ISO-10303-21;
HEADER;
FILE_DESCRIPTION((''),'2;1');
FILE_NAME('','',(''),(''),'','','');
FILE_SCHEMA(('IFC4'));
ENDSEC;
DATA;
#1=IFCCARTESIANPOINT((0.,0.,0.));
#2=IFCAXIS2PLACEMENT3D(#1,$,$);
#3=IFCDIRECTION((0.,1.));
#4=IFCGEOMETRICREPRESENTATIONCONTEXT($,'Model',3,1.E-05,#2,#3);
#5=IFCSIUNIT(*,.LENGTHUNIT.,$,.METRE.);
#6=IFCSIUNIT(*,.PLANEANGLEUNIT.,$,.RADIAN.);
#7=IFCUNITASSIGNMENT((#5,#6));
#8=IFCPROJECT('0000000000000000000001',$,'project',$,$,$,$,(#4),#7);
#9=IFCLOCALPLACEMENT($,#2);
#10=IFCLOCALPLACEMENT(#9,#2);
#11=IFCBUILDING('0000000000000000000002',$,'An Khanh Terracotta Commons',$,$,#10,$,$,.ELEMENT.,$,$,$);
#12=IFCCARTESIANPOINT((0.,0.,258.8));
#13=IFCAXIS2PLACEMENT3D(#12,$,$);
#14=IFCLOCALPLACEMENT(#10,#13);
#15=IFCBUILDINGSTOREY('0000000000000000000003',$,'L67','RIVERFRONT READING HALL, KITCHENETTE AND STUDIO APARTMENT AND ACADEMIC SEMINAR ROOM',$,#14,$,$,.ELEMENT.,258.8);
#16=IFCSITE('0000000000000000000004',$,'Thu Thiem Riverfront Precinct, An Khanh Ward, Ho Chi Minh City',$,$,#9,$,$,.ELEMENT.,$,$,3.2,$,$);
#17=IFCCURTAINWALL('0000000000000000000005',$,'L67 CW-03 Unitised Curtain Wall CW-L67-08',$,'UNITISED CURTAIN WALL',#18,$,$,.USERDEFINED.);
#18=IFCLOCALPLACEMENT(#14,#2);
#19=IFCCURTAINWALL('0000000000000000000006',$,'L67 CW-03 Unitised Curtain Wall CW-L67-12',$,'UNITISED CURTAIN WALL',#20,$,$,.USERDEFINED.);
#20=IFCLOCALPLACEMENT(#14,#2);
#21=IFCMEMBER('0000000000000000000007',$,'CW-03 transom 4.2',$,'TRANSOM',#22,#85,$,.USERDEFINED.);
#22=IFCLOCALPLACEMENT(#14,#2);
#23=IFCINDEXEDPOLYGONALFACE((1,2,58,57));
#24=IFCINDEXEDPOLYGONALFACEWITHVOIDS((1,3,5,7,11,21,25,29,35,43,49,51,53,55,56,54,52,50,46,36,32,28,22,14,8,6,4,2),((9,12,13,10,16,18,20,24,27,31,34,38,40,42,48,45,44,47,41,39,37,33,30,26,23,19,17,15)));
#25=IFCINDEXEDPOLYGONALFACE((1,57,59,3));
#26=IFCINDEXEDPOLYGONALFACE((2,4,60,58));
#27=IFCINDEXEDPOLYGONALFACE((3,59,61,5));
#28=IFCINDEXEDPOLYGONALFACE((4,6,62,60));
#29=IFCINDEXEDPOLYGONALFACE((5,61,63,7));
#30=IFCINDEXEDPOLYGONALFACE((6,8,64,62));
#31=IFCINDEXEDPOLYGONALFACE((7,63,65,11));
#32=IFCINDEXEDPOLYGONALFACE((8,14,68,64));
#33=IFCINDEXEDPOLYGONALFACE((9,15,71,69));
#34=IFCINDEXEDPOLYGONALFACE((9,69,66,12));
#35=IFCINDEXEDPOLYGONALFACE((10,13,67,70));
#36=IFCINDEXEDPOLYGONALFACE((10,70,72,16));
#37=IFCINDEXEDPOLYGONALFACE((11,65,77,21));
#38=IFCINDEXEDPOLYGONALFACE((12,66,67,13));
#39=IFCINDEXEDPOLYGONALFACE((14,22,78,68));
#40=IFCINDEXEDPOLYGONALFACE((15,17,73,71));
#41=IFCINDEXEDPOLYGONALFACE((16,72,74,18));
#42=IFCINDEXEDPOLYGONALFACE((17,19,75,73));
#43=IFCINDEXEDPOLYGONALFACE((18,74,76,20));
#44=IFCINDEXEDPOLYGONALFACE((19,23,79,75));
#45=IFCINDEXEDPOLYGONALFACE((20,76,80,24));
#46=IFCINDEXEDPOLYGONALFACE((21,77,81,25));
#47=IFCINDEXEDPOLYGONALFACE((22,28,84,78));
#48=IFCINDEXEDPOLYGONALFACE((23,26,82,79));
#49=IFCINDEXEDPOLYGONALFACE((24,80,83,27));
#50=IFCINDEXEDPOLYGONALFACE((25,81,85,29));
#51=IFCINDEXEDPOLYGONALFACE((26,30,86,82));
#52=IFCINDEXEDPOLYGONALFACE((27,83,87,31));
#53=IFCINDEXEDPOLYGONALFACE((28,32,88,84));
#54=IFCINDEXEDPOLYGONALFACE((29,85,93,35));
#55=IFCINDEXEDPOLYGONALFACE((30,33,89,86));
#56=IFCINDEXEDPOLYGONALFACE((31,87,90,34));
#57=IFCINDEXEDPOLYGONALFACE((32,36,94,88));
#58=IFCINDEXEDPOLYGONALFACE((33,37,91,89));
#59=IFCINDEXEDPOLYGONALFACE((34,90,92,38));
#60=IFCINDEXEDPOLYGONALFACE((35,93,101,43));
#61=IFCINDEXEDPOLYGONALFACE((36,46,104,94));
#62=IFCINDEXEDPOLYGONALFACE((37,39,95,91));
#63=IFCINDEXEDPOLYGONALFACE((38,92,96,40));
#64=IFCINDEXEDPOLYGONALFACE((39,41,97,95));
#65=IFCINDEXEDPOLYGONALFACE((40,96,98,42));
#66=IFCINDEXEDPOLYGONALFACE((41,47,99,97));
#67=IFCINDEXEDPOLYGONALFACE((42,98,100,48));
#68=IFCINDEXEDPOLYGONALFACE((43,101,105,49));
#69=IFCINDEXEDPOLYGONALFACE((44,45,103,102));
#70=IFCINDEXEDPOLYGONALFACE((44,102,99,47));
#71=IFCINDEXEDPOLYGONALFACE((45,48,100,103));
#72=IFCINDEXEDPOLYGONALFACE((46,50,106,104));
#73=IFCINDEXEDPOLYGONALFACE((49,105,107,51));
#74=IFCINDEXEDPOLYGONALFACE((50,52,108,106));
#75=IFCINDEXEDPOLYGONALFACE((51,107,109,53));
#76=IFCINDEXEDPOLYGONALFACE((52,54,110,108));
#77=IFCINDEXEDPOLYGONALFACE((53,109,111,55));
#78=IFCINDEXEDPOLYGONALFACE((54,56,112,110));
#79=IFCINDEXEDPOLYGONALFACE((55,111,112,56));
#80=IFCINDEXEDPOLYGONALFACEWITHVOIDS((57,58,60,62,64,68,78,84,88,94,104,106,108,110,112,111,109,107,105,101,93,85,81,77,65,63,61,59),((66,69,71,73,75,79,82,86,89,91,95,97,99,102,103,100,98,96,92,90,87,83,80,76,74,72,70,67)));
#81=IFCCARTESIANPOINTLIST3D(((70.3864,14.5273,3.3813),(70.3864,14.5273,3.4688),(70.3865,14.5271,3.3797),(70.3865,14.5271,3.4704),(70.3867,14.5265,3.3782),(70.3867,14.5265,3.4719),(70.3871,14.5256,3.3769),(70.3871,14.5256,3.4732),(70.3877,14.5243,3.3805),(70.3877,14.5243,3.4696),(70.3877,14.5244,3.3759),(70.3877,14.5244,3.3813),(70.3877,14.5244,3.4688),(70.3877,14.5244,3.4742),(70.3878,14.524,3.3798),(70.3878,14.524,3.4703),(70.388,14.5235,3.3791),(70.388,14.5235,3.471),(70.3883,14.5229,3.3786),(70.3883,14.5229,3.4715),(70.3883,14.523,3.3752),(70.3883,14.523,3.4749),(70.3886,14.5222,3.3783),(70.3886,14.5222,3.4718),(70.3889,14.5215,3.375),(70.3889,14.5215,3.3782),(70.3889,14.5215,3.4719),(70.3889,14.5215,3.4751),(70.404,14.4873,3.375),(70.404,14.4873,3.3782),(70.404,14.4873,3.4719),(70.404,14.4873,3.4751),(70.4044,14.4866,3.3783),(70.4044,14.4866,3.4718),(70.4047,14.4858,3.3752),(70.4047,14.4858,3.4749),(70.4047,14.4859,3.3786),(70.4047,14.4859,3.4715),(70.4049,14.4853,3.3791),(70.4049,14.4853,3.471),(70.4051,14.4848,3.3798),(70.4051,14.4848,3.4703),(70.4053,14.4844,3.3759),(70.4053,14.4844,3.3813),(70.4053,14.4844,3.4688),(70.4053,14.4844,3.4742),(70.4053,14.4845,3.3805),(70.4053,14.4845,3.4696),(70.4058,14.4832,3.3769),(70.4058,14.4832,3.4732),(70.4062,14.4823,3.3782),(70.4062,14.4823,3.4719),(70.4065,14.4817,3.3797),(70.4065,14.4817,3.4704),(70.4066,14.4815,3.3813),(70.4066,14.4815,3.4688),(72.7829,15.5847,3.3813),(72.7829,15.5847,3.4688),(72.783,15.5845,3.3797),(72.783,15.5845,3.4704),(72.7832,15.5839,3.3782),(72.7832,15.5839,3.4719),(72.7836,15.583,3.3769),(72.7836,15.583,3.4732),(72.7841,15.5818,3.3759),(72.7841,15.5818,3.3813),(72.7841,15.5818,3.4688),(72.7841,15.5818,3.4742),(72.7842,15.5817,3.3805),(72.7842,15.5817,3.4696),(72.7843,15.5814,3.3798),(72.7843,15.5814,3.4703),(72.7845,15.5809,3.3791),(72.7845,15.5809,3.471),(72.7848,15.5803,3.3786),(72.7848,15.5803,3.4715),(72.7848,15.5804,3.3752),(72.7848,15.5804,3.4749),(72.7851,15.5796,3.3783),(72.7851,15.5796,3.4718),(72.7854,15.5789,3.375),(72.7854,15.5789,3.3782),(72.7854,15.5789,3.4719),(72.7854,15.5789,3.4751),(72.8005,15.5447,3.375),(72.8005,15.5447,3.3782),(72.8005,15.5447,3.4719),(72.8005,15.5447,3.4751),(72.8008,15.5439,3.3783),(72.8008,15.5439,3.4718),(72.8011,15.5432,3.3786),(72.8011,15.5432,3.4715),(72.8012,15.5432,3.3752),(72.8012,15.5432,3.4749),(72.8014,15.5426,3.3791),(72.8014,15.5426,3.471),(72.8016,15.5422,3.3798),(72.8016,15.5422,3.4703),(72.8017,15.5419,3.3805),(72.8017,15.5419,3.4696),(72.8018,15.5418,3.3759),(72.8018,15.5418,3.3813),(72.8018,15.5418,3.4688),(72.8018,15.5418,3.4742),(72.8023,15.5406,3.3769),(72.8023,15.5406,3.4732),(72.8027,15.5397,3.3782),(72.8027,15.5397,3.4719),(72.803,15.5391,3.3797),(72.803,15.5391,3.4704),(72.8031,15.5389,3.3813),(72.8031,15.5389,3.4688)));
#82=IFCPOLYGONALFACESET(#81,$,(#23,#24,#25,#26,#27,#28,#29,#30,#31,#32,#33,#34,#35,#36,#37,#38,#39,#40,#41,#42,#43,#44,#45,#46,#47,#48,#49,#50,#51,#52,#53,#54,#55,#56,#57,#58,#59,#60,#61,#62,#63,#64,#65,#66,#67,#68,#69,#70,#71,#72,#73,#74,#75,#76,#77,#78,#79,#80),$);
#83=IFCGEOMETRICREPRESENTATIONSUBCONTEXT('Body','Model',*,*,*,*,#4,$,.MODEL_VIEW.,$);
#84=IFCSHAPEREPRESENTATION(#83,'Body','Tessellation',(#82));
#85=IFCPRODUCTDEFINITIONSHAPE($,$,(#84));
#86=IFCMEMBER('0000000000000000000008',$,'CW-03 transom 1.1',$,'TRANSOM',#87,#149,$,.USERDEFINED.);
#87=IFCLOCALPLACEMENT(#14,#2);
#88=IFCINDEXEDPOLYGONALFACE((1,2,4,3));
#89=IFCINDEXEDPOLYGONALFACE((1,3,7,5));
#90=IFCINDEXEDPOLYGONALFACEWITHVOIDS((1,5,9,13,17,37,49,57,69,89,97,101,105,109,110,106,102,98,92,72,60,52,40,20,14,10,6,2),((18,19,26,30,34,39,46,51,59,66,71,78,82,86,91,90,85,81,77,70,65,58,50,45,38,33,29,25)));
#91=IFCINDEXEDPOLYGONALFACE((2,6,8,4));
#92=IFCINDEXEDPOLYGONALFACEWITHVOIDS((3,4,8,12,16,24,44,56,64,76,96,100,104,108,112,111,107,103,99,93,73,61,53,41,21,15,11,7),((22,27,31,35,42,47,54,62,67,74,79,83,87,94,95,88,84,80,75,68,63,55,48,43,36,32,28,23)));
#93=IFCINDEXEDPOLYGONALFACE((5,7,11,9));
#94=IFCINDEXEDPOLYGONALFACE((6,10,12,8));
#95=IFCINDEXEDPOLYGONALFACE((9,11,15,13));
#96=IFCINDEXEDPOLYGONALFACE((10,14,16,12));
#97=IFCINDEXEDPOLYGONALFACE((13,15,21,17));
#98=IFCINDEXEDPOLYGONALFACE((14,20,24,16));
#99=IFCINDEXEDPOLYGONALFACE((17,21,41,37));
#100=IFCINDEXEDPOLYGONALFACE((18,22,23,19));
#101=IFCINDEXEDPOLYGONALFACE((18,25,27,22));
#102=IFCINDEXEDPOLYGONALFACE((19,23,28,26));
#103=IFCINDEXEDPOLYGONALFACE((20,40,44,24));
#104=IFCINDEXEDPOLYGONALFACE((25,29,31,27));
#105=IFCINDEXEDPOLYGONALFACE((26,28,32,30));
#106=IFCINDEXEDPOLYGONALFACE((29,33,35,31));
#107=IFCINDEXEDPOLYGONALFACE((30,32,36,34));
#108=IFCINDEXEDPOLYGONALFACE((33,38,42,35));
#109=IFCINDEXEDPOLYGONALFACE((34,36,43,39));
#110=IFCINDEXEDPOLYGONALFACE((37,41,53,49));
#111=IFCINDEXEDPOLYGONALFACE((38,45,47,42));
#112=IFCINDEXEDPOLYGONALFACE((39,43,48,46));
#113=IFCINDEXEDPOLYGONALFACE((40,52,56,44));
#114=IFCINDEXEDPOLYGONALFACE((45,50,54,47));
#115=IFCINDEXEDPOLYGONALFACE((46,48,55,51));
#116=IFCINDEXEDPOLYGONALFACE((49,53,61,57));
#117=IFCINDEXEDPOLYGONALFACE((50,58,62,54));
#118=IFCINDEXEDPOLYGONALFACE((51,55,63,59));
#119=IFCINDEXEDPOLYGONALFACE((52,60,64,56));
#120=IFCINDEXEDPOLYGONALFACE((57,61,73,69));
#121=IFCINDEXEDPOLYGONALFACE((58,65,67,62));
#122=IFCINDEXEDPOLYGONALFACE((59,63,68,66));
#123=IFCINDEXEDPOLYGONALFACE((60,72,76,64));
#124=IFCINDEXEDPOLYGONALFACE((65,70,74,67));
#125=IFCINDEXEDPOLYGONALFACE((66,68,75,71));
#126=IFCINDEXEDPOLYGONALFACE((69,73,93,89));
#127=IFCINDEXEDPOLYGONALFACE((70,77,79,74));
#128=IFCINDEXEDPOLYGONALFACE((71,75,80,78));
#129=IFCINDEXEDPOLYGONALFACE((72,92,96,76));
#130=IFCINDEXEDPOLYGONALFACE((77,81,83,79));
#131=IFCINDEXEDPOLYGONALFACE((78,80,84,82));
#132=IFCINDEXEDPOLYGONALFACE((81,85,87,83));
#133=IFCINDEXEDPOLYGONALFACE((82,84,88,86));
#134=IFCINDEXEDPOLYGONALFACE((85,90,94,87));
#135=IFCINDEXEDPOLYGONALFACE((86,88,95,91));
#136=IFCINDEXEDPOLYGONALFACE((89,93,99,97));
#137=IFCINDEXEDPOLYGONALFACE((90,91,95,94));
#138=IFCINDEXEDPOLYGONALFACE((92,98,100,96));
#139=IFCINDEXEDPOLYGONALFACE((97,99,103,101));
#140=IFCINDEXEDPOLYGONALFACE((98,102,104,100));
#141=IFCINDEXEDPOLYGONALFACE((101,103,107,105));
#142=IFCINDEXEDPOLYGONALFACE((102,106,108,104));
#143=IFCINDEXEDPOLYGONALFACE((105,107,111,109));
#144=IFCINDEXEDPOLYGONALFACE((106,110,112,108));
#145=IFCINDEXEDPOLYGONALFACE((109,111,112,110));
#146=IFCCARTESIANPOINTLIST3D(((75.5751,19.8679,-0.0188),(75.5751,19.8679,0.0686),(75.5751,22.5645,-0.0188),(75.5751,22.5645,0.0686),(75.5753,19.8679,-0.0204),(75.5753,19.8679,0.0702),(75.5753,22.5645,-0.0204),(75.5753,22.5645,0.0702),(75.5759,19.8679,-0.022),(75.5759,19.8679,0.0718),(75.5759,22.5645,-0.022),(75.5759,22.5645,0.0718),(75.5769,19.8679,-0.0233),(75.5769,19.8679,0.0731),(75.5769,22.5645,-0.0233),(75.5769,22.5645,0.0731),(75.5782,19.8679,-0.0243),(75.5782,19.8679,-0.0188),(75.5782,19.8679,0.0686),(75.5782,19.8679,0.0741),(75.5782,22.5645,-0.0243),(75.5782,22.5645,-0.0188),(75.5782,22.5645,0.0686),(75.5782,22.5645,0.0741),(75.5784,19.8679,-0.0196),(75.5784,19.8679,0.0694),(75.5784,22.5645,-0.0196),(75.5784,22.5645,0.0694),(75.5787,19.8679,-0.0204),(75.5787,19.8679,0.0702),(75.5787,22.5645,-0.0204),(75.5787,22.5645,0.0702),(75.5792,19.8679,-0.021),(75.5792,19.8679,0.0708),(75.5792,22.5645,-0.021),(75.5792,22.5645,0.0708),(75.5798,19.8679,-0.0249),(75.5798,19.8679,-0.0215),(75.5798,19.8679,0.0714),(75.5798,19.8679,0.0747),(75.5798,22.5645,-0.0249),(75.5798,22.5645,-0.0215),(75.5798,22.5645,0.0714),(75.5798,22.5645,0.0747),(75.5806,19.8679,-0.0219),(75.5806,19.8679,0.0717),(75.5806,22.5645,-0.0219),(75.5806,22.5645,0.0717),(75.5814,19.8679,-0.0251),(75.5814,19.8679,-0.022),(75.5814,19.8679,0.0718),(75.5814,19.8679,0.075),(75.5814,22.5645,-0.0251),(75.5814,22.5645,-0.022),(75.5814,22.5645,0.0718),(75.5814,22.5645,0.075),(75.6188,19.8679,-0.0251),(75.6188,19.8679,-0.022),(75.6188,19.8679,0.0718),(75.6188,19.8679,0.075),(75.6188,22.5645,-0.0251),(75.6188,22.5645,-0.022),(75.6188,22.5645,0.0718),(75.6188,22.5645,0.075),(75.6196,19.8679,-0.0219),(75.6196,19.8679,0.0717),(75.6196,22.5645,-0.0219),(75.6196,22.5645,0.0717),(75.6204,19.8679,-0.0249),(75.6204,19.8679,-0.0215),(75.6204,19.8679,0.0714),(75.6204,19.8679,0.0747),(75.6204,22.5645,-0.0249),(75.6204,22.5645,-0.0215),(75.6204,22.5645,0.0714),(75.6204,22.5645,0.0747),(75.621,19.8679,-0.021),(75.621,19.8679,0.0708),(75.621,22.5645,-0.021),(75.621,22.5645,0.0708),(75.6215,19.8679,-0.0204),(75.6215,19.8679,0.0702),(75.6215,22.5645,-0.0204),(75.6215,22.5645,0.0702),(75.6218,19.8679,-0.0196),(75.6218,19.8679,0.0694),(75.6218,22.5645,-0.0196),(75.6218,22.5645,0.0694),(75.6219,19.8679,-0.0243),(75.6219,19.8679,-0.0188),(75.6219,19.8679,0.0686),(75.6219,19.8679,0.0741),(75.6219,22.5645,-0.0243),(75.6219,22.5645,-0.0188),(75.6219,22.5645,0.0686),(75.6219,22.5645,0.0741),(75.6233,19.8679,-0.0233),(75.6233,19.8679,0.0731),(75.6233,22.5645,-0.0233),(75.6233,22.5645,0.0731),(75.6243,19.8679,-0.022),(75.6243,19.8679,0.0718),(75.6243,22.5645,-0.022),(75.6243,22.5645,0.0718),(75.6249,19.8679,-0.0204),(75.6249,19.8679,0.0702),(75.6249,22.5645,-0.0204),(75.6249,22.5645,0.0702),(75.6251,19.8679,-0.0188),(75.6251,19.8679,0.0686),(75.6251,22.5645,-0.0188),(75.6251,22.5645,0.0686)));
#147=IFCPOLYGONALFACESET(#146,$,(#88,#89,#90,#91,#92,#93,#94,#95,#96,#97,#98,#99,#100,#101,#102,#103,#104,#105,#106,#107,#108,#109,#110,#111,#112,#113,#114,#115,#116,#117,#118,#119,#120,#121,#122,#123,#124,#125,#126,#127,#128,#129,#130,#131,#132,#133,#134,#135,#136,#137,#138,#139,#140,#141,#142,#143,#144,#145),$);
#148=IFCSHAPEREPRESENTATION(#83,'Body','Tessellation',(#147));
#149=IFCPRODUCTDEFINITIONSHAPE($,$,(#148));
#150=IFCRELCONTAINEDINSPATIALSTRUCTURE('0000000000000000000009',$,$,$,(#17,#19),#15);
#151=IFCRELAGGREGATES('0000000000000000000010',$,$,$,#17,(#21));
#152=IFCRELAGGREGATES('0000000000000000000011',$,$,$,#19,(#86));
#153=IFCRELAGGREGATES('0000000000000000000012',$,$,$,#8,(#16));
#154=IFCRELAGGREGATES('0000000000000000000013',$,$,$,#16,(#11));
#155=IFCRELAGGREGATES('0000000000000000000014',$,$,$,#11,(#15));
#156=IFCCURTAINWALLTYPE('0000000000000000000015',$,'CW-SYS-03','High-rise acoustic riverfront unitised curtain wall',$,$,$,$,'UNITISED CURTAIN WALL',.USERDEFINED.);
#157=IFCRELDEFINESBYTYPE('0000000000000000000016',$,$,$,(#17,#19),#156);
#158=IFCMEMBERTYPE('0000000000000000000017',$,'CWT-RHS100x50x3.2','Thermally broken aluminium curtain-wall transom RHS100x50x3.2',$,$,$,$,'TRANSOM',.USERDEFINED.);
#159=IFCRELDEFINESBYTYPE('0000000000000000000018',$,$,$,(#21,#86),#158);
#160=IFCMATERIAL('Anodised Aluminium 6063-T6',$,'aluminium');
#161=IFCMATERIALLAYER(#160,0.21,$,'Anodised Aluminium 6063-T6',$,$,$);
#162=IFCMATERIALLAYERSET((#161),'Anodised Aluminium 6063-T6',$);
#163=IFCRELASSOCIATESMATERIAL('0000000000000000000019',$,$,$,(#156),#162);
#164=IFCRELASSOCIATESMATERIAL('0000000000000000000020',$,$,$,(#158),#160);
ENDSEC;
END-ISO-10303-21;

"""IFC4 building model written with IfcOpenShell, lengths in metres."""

from ifc_helpers import new_model, si_unit, direction, frame, origin, origin_2d, place, context, subcontext, project, spatial, hollow_rectangle, extrude, material, layer, layer_set, material_profile, profile_set, type_object, element, aggregate, save


model = new_model("IFC4")

# Units and contexts
model_context = context("Model", 3, precision=1e-05, world=origin(), true_north=direction((0.0, 1.0)))
body_context = subcontext(model_context, "Body", "Model", "MODEL_VIEW")
ifc_project = project(units=[si_unit("LENGTHUNIT", "METRE"), si_unit("PLANEANGLEUNIT", "RADIAN")], contexts=[model_context])

# Site, building, storey
site_placement = place(None, origin())
site = spatial("IfcSite", under=ifc_project, at=site_placement, Name="Thu Thiem Riverfront Precinct, An Khanh Ward, Ho Chi Minh City", CompositionType="ELEMENT", RefElevation=3.2)
building_placement = place(site_placement, origin())
building = spatial("IfcBuilding", under=site, at=building_placement, Name="An Khanh Terracotta Commons", CompositionType="ELEMENT")
storey_placement = place(building_placement, frame((0.0, 0.0, 258.8)))
storey = spatial("IfcBuildingStorey", under=building, at=storey_placement, Name="L67", Description="RIVERFRONT READING HALL, KITCHENETTE AND STUDIO APARTMENT AND ACADEMIC SEMINAR ROOM", CompositionType="ELEMENT", Elevation=258.8)

# Curtain walls
ifc_material_1 = material(Name="Anodised Aluminium 6063-T6", Category="aluminium")
ifc_layer_1 = layer(ifc_material_1, 0.21, Name="Anodised Aluminium 6063-T6")
ifc_layer_set_1 = layer_set([ifc_layer_1], Name="Anodised Aluminium 6063-T6")
curtain_wall_type = type_object("IfcCurtainWallType", Name="CW-SYS-03", Description="High-rise acoustic riverfront unitised curtain wall", ElementType="UNITISED CURTAIN WALL", PredefinedType="USERDEFINED", material=ifc_layer_set_1)
curtain_wall_1_placement = place(storey_placement, origin())
curtain_wall_1 = element("IfcCurtainWall", 1, at=curtain_wall_1_placement, inside=storey, type_object=curtain_wall_type, Name="L67 CW-03 Unitised Curtain Wall CW-L67-08", ObjectType="UNITISED CURTAIN WALL", PredefinedType="USERDEFINED")
curtain_wall_2_placement = place(storey_placement, origin())
curtain_wall_2 = element("IfcCurtainWall", 2, at=curtain_wall_2_placement, inside=storey, type_object=curtain_wall_type, Name="L67 CW-03 Unitised Curtain Wall CW-L67-12", ObjectType="UNITISED CURTAIN WALL", PredefinedType="USERDEFINED")

# Members
ifc_material_profile_1 = material_profile(ifc_material_1, hollow_rectangle(XDim=0.05, YDim=0.1001, WallThickness=0.0032, InnerFilletRadius=0.0032, OuterFilletRadius=0.0063, at=origin_2d()), Name="RHS100x50x3.2")
ifc_profile_set_1 = profile_set([ifc_material_profile_1], Name="Anodised Aluminium 6063-T6")
member_type_1 = type_object("IfcMemberType", Name="CWT-RHS100x50x3.2", Description="Thermally broken aluminium curtain-wall transom RHS100x50x3.2", ElementType="TRANSOM", PredefinedType="USERDEFINED", material=ifc_profile_set_1)
member_1_placement = place(storey_placement, frame((70.3965, 14.5044, 3.425), z_axis=(0.914904, 0.403672, 0.0), x_axis=(-0.403672, 0.914904, 0.0)))
member_1 = element("IfcMember", 3, at=member_1_placement, type_object=member_type_1, Name="CW-03 transom 4.2", ObjectType="TRANSOM", PredefinedType="USERDEFINED", context=body_context, shape_type="SweptSolid", body=[
    extrude(hollow_rectangle(XDim=0.05, YDim=0.1001, WallThickness=0.0032, InnerFilletRadius=0.0032, OuterFilletRadius=0.0063, at=origin_2d()), origin(), (0.0, 0.0, 1.0), 2.6194),
])
member_2_placement = place(storey_placement, frame((75.6001, 19.8679, 0.0249), z_axis=(0.0, 1.0, 0.0), x_axis=(-1.0, 0.0, 0.0)))
member_2 = element("IfcMember", 4, at=member_2_placement, type_object=member_type_1, Name="CW-03 transom 1.1", ObjectType="TRANSOM", PredefinedType="USERDEFINED", context=body_context, shape_type="SweptSolid", body=[
    extrude(hollow_rectangle(XDim=0.05, YDim=0.1001, WallThickness=0.0032, InnerFilletRadius=0.0032, OuterFilletRadius=0.0063, at=origin_2d()), origin(), (0.0, 0.0, 1.0), 2.6965),
])

aggregate(curtain_wall_1, [member_1])
aggregate(curtain_wall_2, [member_2])

save(model, "model.ifc")
